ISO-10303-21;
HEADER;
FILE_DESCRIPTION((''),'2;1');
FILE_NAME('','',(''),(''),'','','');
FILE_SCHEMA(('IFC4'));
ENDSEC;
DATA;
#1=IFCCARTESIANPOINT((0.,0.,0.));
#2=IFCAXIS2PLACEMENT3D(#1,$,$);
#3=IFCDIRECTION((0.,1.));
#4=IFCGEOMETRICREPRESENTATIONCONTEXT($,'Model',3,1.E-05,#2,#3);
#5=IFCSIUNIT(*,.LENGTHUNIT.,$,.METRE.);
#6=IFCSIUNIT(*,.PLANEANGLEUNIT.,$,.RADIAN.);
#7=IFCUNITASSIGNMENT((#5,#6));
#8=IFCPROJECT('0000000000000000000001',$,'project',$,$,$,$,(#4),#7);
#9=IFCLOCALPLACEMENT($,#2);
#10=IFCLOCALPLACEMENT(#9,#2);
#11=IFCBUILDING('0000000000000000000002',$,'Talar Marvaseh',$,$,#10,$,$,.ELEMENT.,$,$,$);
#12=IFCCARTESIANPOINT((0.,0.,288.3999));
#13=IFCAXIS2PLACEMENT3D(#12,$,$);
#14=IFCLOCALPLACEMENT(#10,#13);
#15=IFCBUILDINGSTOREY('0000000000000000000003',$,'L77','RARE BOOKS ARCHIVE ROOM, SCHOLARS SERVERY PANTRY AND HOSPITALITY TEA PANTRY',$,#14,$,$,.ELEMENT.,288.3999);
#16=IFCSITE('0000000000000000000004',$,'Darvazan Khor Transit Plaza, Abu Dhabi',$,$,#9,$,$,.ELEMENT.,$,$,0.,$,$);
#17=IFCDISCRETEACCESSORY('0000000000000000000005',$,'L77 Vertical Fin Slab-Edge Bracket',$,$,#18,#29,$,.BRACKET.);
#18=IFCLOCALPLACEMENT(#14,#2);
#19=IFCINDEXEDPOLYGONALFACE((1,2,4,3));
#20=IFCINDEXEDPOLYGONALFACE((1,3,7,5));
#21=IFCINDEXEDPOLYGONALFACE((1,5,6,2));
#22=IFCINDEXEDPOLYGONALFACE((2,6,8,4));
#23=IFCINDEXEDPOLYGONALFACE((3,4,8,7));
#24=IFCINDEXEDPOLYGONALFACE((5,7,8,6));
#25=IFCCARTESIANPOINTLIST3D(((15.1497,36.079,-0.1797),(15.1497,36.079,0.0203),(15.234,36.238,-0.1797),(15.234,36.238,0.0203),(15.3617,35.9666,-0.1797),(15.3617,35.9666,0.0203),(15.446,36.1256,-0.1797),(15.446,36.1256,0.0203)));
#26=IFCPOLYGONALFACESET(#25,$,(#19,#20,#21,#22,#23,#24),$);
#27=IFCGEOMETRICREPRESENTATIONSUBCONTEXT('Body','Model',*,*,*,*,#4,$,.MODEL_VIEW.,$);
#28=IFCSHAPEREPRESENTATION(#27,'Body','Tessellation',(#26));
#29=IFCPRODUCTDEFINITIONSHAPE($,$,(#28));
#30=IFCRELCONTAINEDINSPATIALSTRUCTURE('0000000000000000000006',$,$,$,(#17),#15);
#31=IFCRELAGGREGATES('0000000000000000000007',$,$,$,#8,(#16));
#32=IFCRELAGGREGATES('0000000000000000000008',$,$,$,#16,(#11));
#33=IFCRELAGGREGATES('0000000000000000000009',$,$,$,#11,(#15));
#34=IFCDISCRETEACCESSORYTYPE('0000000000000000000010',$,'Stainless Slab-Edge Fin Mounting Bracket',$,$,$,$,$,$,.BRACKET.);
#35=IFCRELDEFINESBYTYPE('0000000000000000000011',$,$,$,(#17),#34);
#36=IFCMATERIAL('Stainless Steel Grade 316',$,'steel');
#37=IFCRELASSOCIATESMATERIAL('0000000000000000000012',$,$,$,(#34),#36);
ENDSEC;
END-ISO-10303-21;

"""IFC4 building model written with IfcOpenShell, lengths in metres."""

from ifc_helpers import new_model, si_unit, direction, frame, origin, origin_2d, place, context, subcontext, project, spatial, rectangle, extrude, source, transform, mapped, material, type_object, type_shapes, element, save


model = new_model("IFC4")

# Units and contexts
model_context = context("Model", 3, precision=1e-05, world=origin(), true_north=direction((0.0, 1.0)))
body_context = subcontext(model_context, "Body", "Model", "MODEL_VIEW")
ifc_project = project(units=[si_unit("LENGTHUNIT", "METRE"), si_unit("PLANEANGLEUNIT", "RADIAN")], contexts=[model_context])

# Site, building, storey
site_placement = place(None, origin())
site = spatial("IfcSite", under=ifc_project, at=site_placement, Name="Darvazan Khor Transit Plaza, Abu Dhabi", CompositionType="ELEMENT", RefElevation=0.0)
building_placement = place(site_placement, origin())
building = spatial("IfcBuilding", under=site, at=building_placement, Name="Talar Marvaseh", CompositionType="ELEMENT")
storey_placement = place(building_placement, frame((0.0, 0.0, 288.3999)))
storey = spatial("IfcBuildingStorey", under=building, at=storey_placement, Name="L77", Description="RARE BOOKS ARCHIVE ROOM, SCHOLARS SERVERY PANTRY AND HOSPITALITY TEA PANTRY", CompositionType="ELEMENT", Elevation=288.3999)

# Discrete accessory
ifc_material_1 = material(Name="Stainless Steel Grade 316", Category="steel")
discrete_accessory_type = type_object("IfcDiscreteAccessoryType", Name="Stainless Slab-Edge Fin Mounting Bracket", PredefinedType="BRACKET", material=ifc_material_1)
shared_shape_1 = source(origin(), body_context, "Body", "SweptSolid", [
    extrude(rectangle(XDim=0.24, YDim=0.1799, at=origin_2d()), origin(), (0.0, 0.0, 1.0), 0.2),
])
type_shapes(discrete_accessory_type, [shared_shape_1])
for number, where, z_axis, x_axis, name in (
    (1, (15.2979, 36.1023, -0.1797), (0.0, 0.0, 1.0), (-0.883521, 0.468392, 0.0), "L77 Vertical Fin Slab-Edge Bracket"),
):
    element("IfcDiscreteAccessory", number, at=place(storey_placement, frame(where, z_axis=z_axis, x_axis=x_axis)), inside=storey, type_object=discrete_accessory_type, Name=name, PredefinedType="BRACKET", context=body_context, shape_type="MappedRepresentation", body=[
        mapped(shared_shape_1, transform((0.0, 0.0, 0.0), x_axis=(1.0, 0.0, 0.0), y_axis=(0.0, 1.0, 0.0), z_axis=(0.0, 0.0, 1.0), scale=1.0)),
    ])

save(model, "model.ifc")
